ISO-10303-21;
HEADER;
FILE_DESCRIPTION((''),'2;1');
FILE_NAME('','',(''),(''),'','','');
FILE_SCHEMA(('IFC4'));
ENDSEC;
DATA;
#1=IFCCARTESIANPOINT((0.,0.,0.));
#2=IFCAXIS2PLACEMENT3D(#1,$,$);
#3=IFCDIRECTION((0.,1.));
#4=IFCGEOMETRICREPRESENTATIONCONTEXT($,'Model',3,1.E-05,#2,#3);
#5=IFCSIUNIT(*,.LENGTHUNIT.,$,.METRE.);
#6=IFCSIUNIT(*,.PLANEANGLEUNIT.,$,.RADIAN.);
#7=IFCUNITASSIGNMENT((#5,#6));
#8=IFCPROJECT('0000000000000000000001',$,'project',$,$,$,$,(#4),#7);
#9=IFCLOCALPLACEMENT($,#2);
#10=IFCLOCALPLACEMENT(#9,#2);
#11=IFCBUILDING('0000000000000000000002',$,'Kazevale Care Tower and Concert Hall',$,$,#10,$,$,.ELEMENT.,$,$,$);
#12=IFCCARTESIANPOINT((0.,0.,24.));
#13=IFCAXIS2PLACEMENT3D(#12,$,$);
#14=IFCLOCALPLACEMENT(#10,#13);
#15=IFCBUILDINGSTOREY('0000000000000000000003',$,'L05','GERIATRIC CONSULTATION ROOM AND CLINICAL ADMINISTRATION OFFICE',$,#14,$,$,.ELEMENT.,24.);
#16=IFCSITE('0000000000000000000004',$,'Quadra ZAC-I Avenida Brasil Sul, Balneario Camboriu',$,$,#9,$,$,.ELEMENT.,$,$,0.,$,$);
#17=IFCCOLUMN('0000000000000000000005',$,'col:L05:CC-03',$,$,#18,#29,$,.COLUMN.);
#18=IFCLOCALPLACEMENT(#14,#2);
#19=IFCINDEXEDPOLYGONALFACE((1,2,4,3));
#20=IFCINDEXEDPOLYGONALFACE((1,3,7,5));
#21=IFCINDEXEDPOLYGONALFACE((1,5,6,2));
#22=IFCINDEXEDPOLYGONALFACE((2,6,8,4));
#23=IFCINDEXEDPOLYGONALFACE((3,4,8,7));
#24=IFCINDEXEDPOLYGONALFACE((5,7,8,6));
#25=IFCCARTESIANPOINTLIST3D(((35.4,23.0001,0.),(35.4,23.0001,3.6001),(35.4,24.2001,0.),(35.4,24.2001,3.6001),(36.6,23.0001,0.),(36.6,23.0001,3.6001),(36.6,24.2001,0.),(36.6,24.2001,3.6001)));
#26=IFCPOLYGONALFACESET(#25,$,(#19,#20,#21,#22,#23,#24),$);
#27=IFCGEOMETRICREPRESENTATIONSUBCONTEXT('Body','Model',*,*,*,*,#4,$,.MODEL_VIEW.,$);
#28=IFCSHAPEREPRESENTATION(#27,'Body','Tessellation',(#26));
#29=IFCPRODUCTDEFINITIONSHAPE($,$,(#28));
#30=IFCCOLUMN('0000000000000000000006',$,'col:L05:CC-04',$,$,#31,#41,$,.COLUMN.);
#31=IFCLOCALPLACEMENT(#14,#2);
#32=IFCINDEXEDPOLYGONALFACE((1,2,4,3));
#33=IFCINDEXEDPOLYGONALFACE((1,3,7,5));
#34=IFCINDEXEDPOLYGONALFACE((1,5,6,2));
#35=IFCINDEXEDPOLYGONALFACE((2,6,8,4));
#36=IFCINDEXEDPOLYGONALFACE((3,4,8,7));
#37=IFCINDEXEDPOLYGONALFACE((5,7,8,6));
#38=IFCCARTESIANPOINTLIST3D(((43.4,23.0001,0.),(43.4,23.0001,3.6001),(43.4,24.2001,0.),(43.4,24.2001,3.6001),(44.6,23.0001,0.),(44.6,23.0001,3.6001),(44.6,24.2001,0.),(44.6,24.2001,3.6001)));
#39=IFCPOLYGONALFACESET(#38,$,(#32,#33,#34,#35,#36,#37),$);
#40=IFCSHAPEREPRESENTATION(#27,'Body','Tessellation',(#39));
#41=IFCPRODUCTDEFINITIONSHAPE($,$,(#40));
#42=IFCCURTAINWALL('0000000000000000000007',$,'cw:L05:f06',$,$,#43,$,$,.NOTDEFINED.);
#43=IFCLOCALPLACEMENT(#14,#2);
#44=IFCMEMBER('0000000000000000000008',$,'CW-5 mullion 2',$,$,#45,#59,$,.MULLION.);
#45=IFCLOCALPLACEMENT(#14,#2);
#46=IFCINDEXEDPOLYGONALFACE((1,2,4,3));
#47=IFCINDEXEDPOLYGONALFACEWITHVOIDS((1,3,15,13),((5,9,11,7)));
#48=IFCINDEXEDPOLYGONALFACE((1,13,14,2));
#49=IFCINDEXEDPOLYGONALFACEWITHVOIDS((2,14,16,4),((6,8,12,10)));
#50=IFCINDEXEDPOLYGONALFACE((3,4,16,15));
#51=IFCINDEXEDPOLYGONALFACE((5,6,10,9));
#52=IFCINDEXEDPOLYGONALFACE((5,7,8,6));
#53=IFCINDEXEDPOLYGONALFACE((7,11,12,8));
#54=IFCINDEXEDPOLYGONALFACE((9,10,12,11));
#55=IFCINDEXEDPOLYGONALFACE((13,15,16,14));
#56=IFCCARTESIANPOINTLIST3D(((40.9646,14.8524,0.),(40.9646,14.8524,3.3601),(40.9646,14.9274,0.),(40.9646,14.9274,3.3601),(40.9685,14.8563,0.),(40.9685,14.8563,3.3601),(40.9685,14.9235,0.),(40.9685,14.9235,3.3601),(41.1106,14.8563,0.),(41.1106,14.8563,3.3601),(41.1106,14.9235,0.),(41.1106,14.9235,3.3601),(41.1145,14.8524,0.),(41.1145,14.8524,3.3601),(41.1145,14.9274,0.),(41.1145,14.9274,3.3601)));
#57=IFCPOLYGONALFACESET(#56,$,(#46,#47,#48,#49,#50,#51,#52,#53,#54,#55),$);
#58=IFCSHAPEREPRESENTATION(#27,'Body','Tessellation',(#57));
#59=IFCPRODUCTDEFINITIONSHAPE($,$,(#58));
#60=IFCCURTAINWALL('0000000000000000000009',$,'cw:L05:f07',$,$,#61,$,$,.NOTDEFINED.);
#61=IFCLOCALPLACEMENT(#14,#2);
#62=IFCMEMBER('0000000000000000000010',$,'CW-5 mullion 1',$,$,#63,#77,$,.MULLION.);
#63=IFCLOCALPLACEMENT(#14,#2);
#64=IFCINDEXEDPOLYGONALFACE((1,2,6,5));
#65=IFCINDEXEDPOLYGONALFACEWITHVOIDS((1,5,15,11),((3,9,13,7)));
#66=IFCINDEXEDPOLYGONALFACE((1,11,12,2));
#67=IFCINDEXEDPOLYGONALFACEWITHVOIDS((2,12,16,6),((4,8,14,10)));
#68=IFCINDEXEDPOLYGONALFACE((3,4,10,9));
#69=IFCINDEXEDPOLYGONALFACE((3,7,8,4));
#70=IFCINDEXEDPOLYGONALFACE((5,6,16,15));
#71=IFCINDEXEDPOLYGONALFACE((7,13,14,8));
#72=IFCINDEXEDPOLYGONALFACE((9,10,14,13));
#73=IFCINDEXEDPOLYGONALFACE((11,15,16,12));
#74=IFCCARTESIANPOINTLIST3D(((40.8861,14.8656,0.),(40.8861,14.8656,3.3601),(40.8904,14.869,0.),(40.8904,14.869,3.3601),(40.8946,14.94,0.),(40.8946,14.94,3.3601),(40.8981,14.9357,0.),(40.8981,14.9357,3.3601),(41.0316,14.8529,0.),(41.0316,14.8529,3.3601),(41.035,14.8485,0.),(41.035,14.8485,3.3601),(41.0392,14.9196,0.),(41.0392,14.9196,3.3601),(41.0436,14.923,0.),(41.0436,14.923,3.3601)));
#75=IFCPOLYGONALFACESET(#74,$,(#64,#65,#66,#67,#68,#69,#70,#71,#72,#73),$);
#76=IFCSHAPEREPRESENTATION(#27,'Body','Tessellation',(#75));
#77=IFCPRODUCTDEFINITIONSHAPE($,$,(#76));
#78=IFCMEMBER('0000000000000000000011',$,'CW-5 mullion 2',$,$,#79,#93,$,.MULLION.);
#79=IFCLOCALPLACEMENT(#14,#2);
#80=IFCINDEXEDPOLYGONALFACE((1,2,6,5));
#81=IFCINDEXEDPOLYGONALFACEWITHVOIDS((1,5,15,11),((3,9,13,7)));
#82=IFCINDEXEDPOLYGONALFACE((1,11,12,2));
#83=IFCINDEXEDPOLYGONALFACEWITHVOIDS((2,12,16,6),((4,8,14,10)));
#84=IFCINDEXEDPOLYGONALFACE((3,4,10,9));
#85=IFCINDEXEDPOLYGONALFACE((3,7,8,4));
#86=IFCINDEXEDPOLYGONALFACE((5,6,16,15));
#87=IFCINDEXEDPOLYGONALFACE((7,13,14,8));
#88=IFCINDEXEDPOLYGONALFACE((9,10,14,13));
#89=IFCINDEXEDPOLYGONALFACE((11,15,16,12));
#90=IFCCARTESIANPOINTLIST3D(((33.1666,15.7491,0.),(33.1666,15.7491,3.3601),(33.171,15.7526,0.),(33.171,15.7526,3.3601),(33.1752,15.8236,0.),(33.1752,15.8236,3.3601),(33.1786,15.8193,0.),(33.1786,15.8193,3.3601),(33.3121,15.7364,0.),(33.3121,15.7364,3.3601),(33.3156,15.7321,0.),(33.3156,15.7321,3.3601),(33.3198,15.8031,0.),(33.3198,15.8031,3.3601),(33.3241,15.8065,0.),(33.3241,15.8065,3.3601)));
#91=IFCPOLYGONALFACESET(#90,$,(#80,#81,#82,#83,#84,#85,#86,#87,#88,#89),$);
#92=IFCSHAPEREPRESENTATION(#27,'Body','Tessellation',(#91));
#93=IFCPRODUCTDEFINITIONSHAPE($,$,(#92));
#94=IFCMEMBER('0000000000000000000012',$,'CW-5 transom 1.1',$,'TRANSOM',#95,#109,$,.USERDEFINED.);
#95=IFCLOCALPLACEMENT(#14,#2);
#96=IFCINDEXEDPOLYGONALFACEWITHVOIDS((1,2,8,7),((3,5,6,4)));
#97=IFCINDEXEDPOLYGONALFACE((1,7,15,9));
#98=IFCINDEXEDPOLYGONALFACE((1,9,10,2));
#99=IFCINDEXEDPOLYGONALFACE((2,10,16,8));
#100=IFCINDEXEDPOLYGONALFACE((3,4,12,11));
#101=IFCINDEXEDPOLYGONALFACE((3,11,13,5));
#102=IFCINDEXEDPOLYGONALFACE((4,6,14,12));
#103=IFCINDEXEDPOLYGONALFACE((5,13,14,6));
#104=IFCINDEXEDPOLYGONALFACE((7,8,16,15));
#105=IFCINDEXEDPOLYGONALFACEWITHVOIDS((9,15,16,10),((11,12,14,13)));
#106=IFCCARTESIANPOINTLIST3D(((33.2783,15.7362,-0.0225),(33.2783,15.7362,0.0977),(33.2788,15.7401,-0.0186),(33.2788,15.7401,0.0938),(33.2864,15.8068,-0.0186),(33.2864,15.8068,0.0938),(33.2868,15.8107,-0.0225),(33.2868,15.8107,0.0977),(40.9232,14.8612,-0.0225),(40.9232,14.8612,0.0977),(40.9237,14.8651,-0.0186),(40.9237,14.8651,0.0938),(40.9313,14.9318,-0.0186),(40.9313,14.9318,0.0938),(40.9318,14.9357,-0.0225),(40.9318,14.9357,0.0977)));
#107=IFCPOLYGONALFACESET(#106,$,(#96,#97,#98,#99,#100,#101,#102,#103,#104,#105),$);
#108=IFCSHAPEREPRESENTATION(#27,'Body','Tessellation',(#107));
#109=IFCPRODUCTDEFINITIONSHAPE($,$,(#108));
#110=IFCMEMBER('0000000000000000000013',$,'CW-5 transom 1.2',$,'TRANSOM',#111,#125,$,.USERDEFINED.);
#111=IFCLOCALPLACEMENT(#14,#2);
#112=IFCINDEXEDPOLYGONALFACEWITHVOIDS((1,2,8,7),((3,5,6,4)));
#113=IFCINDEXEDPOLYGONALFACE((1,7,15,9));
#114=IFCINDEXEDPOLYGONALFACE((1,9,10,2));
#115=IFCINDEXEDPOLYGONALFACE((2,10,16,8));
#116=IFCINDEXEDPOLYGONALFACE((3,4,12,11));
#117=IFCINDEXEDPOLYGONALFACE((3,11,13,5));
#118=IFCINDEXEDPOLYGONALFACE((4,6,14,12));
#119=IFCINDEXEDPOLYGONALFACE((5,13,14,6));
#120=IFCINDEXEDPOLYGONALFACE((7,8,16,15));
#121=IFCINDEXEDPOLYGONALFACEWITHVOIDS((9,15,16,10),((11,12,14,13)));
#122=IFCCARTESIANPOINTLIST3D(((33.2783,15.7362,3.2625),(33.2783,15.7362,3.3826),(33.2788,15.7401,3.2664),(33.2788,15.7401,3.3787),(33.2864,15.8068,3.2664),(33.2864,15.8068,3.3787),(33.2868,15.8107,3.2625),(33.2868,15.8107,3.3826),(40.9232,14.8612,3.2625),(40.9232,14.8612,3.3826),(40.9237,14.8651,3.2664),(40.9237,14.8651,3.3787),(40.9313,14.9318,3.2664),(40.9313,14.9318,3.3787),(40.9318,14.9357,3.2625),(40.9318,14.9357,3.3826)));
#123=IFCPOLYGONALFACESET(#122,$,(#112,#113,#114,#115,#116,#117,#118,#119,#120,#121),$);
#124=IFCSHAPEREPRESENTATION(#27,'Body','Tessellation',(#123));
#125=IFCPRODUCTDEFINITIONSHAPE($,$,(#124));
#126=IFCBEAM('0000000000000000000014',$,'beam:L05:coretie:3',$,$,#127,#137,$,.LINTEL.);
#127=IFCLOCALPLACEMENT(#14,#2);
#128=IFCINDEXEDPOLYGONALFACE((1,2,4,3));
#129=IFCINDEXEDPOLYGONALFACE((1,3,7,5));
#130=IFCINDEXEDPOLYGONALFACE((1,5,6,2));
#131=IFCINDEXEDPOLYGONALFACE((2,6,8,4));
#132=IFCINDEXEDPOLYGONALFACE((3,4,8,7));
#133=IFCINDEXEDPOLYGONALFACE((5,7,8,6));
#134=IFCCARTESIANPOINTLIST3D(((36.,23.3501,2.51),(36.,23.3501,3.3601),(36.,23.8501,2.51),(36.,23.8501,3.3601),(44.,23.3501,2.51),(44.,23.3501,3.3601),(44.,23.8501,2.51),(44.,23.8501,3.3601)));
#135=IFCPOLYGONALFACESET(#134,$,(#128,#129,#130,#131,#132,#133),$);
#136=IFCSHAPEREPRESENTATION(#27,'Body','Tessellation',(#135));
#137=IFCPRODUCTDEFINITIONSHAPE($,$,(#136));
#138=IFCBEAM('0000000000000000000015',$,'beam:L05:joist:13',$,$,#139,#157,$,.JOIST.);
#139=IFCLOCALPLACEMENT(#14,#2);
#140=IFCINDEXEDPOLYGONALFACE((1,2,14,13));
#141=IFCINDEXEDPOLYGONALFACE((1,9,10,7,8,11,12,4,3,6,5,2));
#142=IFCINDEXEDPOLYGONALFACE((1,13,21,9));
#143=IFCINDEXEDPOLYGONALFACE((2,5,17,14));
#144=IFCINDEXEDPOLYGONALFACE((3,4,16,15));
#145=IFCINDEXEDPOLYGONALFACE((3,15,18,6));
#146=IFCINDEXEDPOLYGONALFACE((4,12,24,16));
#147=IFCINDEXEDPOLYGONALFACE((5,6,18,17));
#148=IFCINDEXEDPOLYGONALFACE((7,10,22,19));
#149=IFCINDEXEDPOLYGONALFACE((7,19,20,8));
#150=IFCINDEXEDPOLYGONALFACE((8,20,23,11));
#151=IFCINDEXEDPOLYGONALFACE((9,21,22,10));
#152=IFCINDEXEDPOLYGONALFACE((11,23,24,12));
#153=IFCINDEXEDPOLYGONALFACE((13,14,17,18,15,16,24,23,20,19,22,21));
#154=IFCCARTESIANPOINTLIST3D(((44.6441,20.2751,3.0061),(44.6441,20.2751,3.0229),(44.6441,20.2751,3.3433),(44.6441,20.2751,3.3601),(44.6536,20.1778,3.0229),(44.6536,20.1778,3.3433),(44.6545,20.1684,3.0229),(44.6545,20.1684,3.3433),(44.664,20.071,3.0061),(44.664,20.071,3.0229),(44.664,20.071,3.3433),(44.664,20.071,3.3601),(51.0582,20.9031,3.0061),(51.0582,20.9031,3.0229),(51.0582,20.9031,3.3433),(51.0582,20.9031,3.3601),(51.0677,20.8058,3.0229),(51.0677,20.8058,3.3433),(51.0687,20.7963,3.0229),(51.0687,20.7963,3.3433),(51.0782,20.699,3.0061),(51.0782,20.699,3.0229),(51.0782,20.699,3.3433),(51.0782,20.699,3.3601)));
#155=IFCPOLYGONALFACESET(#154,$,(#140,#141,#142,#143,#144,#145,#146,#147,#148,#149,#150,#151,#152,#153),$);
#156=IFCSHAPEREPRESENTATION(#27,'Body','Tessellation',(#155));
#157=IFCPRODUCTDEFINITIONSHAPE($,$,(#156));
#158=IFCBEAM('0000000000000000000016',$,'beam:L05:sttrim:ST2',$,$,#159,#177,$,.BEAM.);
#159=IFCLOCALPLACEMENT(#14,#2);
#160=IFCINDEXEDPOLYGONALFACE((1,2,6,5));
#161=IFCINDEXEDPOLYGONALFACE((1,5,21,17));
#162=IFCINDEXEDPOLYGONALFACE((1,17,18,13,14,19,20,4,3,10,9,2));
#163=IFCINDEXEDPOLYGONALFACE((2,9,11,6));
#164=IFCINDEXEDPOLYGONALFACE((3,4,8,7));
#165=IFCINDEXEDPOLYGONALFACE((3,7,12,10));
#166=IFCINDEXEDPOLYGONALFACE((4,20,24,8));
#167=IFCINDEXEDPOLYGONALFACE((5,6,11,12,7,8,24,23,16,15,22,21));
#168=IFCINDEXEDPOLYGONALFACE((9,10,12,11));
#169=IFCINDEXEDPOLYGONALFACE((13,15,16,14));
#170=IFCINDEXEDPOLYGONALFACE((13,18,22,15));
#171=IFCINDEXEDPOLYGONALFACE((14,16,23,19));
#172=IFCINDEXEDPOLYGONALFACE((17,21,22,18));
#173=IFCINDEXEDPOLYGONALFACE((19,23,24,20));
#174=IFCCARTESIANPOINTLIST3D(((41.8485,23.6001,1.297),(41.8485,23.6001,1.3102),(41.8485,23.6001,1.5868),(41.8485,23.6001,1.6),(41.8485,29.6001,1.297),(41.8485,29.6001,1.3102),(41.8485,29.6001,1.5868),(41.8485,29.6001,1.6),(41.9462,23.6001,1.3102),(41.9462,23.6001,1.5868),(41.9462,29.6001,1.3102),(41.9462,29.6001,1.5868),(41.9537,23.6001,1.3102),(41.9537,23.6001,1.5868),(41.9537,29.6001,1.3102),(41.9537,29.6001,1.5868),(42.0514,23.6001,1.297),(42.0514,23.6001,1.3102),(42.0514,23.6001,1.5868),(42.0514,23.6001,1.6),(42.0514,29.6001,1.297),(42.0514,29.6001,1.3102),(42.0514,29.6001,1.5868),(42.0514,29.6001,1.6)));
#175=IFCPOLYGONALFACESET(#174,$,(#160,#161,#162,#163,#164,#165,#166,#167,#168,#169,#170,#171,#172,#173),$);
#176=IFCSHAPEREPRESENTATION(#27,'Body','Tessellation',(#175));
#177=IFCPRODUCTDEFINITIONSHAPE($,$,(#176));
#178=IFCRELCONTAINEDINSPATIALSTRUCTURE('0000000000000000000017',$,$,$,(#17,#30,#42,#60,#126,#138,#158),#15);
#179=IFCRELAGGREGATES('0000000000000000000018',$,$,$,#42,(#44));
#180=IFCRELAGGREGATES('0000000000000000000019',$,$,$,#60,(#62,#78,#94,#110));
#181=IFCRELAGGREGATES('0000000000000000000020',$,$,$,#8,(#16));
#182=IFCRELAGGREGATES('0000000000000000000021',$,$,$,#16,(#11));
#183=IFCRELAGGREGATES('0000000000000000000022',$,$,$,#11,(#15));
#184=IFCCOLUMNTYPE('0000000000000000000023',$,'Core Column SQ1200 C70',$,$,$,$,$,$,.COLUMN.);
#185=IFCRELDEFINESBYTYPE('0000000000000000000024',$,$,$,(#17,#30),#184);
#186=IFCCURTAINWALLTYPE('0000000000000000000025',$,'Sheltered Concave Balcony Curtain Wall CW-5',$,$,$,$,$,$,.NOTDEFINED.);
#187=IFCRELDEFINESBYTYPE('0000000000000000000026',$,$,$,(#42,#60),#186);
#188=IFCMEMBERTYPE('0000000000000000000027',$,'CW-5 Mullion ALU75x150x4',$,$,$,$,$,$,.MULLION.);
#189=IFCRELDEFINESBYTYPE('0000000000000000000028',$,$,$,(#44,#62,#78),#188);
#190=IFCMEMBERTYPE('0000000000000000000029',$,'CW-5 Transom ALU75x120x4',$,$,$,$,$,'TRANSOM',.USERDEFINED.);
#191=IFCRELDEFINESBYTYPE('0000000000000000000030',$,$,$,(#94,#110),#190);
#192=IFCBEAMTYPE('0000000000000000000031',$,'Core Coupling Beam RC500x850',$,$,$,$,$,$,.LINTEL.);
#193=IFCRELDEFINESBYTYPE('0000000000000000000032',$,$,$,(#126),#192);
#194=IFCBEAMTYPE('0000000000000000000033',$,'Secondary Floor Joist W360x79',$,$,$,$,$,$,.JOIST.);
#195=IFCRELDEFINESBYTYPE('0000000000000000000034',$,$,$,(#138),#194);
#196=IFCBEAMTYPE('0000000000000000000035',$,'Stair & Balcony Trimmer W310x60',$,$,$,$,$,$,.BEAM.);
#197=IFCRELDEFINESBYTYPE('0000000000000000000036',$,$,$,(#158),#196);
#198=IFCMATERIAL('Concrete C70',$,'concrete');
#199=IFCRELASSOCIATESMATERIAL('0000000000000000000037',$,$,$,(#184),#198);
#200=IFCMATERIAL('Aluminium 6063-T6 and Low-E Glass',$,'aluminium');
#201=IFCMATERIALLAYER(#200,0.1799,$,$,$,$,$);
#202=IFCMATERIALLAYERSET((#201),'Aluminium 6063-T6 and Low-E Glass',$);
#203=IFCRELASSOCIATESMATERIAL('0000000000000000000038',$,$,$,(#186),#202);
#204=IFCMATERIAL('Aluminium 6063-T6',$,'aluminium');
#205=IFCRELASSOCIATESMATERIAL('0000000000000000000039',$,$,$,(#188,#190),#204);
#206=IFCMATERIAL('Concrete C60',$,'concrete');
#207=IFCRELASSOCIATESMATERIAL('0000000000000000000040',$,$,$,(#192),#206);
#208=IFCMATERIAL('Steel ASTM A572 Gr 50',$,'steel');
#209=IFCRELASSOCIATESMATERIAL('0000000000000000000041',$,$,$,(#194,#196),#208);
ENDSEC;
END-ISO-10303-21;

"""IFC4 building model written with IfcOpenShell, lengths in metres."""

from ifc_helpers import new_model, si_unit, direction, frame, origin, origin_2d, place, context, subcontext, project, spatial, rectangle, hollow_rectangle, i_section, extrude, material, layer, layer_set, material_profile, profile_set, type_object, element, aggregate, save


model = new_model("IFC4")

# Units and contexts
model_context = context("Model", 3, precision=1e-05, world=origin(), true_north=direction((0.0, 1.0)))
body_context = subcontext(model_context, "Body", "Model", "MODEL_VIEW")
ifc_project = project(units=[si_unit("LENGTHUNIT", "METRE"), si_unit("PLANEANGLEUNIT", "RADIAN")], contexts=[model_context])

# Site, building, storey
site_placement = place(None, origin())
site = spatial("IfcSite", under=ifc_project, at=site_placement, Name="Quadra ZAC-I Avenida Brasil Sul, Balneario Camboriu", CompositionType="ELEMENT", RefElevation=0.0)
building_placement = place(site_placement, origin())
building = spatial("IfcBuilding", under=site, at=building_placement, Name="Kazevale Care Tower and Concert Hall", CompositionType="ELEMENT")
storey_placement = place(building_placement, frame((0.0, 0.0, 24.0)))
storey = spatial("IfcBuildingStorey", under=building, at=storey_placement, Name="L05", Description="GERIATRIC CONSULTATION ROOM AND CLINICAL ADMINISTRATION OFFICE", CompositionType="ELEMENT", Elevation=24.0)

# Columns
ifc_material_1 = material(Name="Concrete C70", Category="concrete")
ifc_material_profile_1 = material_profile(ifc_material_1, rectangle(XDim=1.2, YDim=1.2, at=origin_2d()), Name="RC-SQ1200")
ifc_profile_set_1 = profile_set([ifc_material_profile_1], Name="Concrete C70")
column_type = type_object("IfcColumnType", Name="Core Column SQ1200 C70", PredefinedType="COLUMN", material=ifc_profile_set_1)
for number, where, z_axis, x_axis, name in (
    (1, (36.0, 23.6001, 0.0), (0.0, 0.0, 1.0), (1.0, 0.0, 0.0), "col:L05:CC-03"),
    (2, (44.0, 23.6001, 0.0), (0.0, 0.0, 1.0), (1.0, 0.0, 0.0), "col:L05:CC-04"),
):
    element("IfcColumn", number, at=place(storey_placement, frame(where, z_axis=z_axis, x_axis=x_axis)), inside=storey, type_object=column_type, Name=name, PredefinedType="COLUMN", context=body_context, shape_type="SweptSolid", body=[
        extrude(rectangle(XDim=1.2, YDim=1.2, at=origin_2d()), origin(), (0.0, 0.0, 1.0), 3.6001),
    ])

# Curtain wall, member
ifc_material_2 = material(Name="Aluminium 6063-T6 and Low-E Glass", Category="aluminium")
ifc_layer_1 = layer(ifc_material_2, 0.1799)
ifc_layer_set_1 = layer_set([ifc_layer_1], Name="Aluminium 6063-T6 and Low-E Glass")
curtain_wall_type = type_object("IfcCurtainWallType", Name="Sheltered Concave Balcony Curtain Wall CW-5", PredefinedType="NOTDEFINED", material=ifc_layer_set_1)
curtain_wall_1_placement = place(storey_placement, origin())
curtain_wall_1 = element("IfcCurtainWall", 3, at=curtain_wall_1_placement, inside=storey, type_object=curtain_wall_type, Name="cw:L05:f06", PredefinedType="NOTDEFINED")
ifc_material_3 = material(Name="Aluminium 6063-T6", Category="aluminium")
ifc_material_profile_2 = material_profile(ifc_material_3, hollow_rectangle(XDim=0.075, YDim=0.1499, WallThickness=0.0039, at=origin_2d()), Name="ALU75x150x4")
ifc_profile_set_2 = profile_set([ifc_material_profile_2], Name="Aluminium 6063-T6")
member_type_1 = type_object("IfcMemberType", Name="CW-5 Mullion ALU75x150x4", PredefinedType="MULLION", material=ifc_profile_set_2)
member_1_placement = place(storey_placement, frame((41.0396, 14.8899, 0.0), z_axis=(0.0, 0.0, 1.0), x_axis=(0.0, -1.0, 0.0)))
member_1 = element("IfcMember", 4, at=member_1_placement, type_object=member_type_1, Name="CW-5 mullion 2", PredefinedType="MULLION", context=body_context, shape_type="SweptSolid", body=[
    extrude(hollow_rectangle(XDim=0.075, YDim=0.1499, WallThickness=0.0039, at=origin_2d()), origin(), (0.0, 0.0, 1.0), 3.3601),
])
aggregate(curtain_wall_1, [member_1])

# Curtain wall, members
curtain_wall_2_placement = place(storey_placement, origin())
curtain_wall_2 = element("IfcCurtainWall", 5, at=curtain_wall_2_placement, inside=storey, type_object=curtain_wall_type, Name="cw:L05:f07", PredefinedType="NOTDEFINED")
member_2_placement = place(storey_placement, frame((40.9648, 14.8943, 0.0), z_axis=(0.0, 0.0, 1.0), x_axis=(-0.113705, -0.993515, 0.0)))
member_2 = element("IfcMember", 6, at=member_2_placement, type_object=member_type_1, Name="CW-5 mullion 1", PredefinedType="MULLION", context=body_context, shape_type="SweptSolid", body=[
    extrude(hollow_rectangle(XDim=0.075, YDim=0.1499, WallThickness=0.0039, at=origin_2d()), origin(), (0.0, 0.0, 1.0), 3.3601),
])
member_3_placement = place(storey_placement, frame((33.2454, 15.7778, 0.0), z_axis=(0.0, 0.0, 1.0), x_axis=(-0.113705, -0.993515, 0.0)))
member_3 = element("IfcMember", 7, at=member_3_placement, type_object=member_type_1, Name="CW-5 mullion 2", PredefinedType="MULLION", context=body_context, shape_type="SweptSolid", body=[
    extrude(hollow_rectangle(XDim=0.075, YDim=0.1499, WallThickness=0.0039, at=origin_2d()), origin(), (0.0, 0.0, 1.0), 3.3601),
])
ifc_material_profile_3 = material_profile(ifc_material_3, hollow_rectangle(XDim=0.075, YDim=0.1201, WallThickness=0.0039, at=origin_2d()), Name="ALU75x120x4")
ifc_profile_set_3 = profile_set([ifc_material_profile_3], Name="Aluminium 6063-T6")
member_type_2 = type_object("IfcMemberType", Name="CW-5 Transom ALU75x120x4", ElementType="TRANSOM", PredefinedType="USERDEFINED", material=ifc_profile_set_3)
member_4_placement = place(storey_placement, frame((40.9275, 14.8984, 0.0376), z_axis=(-0.993514, 0.113711, 0.0), x_axis=(-0.113711, -0.993514, 0.0)))
member_4 = element("IfcMember", 8, at=member_4_placement, type_object=member_type_2, Name="CW-5 transom 1.1", ObjectType="TRANSOM", PredefinedType="USERDEFINED", context=body_context, shape_type="SweptSolid", body=[
    extrude(hollow_rectangle(XDim=0.075, YDim=0.1201, WallThickness=0.0039, at=origin_2d()), origin(), (0.0, 0.0, 1.0), 7.6948),
])
member_5_placement = place(storey_placement, frame((40.9275, 14.8984, 3.3225), z_axis=(-0.993514, 0.113711, 0.0), x_axis=(-0.113711, -0.993514, 0.0)))
member_5 = element("IfcMember", 9, at=member_5_placement, type_object=member_type_2, Name="CW-5 transom 1.2", ObjectType="TRANSOM", PredefinedType="USERDEFINED", context=body_context, shape_type="SweptSolid", body=[
    extrude(hollow_rectangle(XDim=0.075, YDim=0.1201, WallThickness=0.0039, at=origin_2d()), origin(), (0.0, 0.0, 1.0), 7.6948),
])

# Beams
ifc_material_4 = material(Name="Concrete C60", Category="concrete")
ifc_material_profile_4 = material_profile(ifc_material_4, rectangle(XDim=0.5, YDim=0.8501, at=origin_2d()), Name="RC-B500x850")
ifc_profile_set_4 = profile_set([ifc_material_profile_4], Name="Concrete C60")
beam_type_1 = type_object("IfcBeamType", Name="Core Coupling Beam RC500x850", PredefinedType="LINTEL", material=ifc_profile_set_4)
beam_1_placement = place(storey_placement, frame((36.0, 23.6001, 2.9351), z_axis=(1.0, 0.0, 0.0), x_axis=(0.0, 1.0, 0.0)))
element("IfcBeam", 10, at=beam_1_placement, inside=storey, type_object=beam_type_1, Name="beam:L05:coretie:3", PredefinedType="LINTEL", context=body_context, shape_type="SweptSolid", body=[
    extrude(rectangle(XDim=0.5, YDim=0.8501, at=origin_2d()), origin(), (0.0, 0.0, 1.0), 8.0),
])
ifc_material_5 = material(Name="Steel ASTM A572 Gr 50", Category="steel")
ifc_material_profile_5 = material_profile(ifc_material_5, i_section(OverallWidth=0.2051, OverallDepth=0.354, WebThickness=0.0095, FlangeThickness=0.0168, at=origin_2d()), Name="W360x79")
ifc_profile_set_5 = profile_set([ifc_material_profile_5], Name="Steel ASTM A572 Gr 50")
beam_type_2 = type_object("IfcBeamType", Name="Secondary Floor Joist W360x79", PredefinedType="JOIST", material=ifc_profile_set_5)
beam_2_placement = place(storey_placement, frame((44.6541, 20.1731, 3.1831), z_axis=(0.995242, 0.097433, 0.0), x_axis=(-0.097433, 0.995242, 0.0)))
element("IfcBeam", 11, at=beam_2_placement, inside=storey, type_object=beam_type_2, Name="beam:L05:joist:13", PredefinedType="JOIST", context=body_context, shape_type="SweptSolid", body=[
    extrude(i_section(OverallWidth=0.2051, OverallDepth=0.354, WebThickness=0.0095, FlangeThickness=0.0168, at=origin_2d()), origin(), (0.0, 0.0, 1.0), 6.4448),
])
ifc_material_profile_6 = material_profile(ifc_material_5, i_section(OverallWidth=0.2029, OverallDepth=0.303, WebThickness=0.0076, FlangeThickness=0.0132, at=origin_2d()), Name="W310x60")
ifc_profile_set_6 = profile_set([ifc_material_profile_6], Name="Steel ASTM A572 Gr 50")
beam_type_3 = type_object("IfcBeamType", Name="Stair & Balcony Trimmer W310x60", PredefinedType="BEAM", material=ifc_profile_set_6)
for number, where, z_axis, x_axis, name in (
    (12, (41.95, 23.6001, 1.4485), (0.0, 1.0, 0.0), (-1.0, 0.0, 0.0), "beam:L05:sttrim:ST2"),
):
    element("IfcBeam", number, at=place(storey_placement, frame(where, z_axis=z_axis, x_axis=x_axis)), inside=storey, type_object=beam_type_3, Name=name, PredefinedType="BEAM", context=body_context, shape_type="SweptSolid", body=[
        extrude(i_section(OverallWidth=0.2029, OverallDepth=0.303, WebThickness=0.0076, FlangeThickness=0.0132, at=origin_2d()), origin(), (0.0, 0.0, 1.0), 6.0),
    ])

aggregate(curtain_wall_2, [member_2, member_3, member_4, member_5])

save(model, "model.ifc")
